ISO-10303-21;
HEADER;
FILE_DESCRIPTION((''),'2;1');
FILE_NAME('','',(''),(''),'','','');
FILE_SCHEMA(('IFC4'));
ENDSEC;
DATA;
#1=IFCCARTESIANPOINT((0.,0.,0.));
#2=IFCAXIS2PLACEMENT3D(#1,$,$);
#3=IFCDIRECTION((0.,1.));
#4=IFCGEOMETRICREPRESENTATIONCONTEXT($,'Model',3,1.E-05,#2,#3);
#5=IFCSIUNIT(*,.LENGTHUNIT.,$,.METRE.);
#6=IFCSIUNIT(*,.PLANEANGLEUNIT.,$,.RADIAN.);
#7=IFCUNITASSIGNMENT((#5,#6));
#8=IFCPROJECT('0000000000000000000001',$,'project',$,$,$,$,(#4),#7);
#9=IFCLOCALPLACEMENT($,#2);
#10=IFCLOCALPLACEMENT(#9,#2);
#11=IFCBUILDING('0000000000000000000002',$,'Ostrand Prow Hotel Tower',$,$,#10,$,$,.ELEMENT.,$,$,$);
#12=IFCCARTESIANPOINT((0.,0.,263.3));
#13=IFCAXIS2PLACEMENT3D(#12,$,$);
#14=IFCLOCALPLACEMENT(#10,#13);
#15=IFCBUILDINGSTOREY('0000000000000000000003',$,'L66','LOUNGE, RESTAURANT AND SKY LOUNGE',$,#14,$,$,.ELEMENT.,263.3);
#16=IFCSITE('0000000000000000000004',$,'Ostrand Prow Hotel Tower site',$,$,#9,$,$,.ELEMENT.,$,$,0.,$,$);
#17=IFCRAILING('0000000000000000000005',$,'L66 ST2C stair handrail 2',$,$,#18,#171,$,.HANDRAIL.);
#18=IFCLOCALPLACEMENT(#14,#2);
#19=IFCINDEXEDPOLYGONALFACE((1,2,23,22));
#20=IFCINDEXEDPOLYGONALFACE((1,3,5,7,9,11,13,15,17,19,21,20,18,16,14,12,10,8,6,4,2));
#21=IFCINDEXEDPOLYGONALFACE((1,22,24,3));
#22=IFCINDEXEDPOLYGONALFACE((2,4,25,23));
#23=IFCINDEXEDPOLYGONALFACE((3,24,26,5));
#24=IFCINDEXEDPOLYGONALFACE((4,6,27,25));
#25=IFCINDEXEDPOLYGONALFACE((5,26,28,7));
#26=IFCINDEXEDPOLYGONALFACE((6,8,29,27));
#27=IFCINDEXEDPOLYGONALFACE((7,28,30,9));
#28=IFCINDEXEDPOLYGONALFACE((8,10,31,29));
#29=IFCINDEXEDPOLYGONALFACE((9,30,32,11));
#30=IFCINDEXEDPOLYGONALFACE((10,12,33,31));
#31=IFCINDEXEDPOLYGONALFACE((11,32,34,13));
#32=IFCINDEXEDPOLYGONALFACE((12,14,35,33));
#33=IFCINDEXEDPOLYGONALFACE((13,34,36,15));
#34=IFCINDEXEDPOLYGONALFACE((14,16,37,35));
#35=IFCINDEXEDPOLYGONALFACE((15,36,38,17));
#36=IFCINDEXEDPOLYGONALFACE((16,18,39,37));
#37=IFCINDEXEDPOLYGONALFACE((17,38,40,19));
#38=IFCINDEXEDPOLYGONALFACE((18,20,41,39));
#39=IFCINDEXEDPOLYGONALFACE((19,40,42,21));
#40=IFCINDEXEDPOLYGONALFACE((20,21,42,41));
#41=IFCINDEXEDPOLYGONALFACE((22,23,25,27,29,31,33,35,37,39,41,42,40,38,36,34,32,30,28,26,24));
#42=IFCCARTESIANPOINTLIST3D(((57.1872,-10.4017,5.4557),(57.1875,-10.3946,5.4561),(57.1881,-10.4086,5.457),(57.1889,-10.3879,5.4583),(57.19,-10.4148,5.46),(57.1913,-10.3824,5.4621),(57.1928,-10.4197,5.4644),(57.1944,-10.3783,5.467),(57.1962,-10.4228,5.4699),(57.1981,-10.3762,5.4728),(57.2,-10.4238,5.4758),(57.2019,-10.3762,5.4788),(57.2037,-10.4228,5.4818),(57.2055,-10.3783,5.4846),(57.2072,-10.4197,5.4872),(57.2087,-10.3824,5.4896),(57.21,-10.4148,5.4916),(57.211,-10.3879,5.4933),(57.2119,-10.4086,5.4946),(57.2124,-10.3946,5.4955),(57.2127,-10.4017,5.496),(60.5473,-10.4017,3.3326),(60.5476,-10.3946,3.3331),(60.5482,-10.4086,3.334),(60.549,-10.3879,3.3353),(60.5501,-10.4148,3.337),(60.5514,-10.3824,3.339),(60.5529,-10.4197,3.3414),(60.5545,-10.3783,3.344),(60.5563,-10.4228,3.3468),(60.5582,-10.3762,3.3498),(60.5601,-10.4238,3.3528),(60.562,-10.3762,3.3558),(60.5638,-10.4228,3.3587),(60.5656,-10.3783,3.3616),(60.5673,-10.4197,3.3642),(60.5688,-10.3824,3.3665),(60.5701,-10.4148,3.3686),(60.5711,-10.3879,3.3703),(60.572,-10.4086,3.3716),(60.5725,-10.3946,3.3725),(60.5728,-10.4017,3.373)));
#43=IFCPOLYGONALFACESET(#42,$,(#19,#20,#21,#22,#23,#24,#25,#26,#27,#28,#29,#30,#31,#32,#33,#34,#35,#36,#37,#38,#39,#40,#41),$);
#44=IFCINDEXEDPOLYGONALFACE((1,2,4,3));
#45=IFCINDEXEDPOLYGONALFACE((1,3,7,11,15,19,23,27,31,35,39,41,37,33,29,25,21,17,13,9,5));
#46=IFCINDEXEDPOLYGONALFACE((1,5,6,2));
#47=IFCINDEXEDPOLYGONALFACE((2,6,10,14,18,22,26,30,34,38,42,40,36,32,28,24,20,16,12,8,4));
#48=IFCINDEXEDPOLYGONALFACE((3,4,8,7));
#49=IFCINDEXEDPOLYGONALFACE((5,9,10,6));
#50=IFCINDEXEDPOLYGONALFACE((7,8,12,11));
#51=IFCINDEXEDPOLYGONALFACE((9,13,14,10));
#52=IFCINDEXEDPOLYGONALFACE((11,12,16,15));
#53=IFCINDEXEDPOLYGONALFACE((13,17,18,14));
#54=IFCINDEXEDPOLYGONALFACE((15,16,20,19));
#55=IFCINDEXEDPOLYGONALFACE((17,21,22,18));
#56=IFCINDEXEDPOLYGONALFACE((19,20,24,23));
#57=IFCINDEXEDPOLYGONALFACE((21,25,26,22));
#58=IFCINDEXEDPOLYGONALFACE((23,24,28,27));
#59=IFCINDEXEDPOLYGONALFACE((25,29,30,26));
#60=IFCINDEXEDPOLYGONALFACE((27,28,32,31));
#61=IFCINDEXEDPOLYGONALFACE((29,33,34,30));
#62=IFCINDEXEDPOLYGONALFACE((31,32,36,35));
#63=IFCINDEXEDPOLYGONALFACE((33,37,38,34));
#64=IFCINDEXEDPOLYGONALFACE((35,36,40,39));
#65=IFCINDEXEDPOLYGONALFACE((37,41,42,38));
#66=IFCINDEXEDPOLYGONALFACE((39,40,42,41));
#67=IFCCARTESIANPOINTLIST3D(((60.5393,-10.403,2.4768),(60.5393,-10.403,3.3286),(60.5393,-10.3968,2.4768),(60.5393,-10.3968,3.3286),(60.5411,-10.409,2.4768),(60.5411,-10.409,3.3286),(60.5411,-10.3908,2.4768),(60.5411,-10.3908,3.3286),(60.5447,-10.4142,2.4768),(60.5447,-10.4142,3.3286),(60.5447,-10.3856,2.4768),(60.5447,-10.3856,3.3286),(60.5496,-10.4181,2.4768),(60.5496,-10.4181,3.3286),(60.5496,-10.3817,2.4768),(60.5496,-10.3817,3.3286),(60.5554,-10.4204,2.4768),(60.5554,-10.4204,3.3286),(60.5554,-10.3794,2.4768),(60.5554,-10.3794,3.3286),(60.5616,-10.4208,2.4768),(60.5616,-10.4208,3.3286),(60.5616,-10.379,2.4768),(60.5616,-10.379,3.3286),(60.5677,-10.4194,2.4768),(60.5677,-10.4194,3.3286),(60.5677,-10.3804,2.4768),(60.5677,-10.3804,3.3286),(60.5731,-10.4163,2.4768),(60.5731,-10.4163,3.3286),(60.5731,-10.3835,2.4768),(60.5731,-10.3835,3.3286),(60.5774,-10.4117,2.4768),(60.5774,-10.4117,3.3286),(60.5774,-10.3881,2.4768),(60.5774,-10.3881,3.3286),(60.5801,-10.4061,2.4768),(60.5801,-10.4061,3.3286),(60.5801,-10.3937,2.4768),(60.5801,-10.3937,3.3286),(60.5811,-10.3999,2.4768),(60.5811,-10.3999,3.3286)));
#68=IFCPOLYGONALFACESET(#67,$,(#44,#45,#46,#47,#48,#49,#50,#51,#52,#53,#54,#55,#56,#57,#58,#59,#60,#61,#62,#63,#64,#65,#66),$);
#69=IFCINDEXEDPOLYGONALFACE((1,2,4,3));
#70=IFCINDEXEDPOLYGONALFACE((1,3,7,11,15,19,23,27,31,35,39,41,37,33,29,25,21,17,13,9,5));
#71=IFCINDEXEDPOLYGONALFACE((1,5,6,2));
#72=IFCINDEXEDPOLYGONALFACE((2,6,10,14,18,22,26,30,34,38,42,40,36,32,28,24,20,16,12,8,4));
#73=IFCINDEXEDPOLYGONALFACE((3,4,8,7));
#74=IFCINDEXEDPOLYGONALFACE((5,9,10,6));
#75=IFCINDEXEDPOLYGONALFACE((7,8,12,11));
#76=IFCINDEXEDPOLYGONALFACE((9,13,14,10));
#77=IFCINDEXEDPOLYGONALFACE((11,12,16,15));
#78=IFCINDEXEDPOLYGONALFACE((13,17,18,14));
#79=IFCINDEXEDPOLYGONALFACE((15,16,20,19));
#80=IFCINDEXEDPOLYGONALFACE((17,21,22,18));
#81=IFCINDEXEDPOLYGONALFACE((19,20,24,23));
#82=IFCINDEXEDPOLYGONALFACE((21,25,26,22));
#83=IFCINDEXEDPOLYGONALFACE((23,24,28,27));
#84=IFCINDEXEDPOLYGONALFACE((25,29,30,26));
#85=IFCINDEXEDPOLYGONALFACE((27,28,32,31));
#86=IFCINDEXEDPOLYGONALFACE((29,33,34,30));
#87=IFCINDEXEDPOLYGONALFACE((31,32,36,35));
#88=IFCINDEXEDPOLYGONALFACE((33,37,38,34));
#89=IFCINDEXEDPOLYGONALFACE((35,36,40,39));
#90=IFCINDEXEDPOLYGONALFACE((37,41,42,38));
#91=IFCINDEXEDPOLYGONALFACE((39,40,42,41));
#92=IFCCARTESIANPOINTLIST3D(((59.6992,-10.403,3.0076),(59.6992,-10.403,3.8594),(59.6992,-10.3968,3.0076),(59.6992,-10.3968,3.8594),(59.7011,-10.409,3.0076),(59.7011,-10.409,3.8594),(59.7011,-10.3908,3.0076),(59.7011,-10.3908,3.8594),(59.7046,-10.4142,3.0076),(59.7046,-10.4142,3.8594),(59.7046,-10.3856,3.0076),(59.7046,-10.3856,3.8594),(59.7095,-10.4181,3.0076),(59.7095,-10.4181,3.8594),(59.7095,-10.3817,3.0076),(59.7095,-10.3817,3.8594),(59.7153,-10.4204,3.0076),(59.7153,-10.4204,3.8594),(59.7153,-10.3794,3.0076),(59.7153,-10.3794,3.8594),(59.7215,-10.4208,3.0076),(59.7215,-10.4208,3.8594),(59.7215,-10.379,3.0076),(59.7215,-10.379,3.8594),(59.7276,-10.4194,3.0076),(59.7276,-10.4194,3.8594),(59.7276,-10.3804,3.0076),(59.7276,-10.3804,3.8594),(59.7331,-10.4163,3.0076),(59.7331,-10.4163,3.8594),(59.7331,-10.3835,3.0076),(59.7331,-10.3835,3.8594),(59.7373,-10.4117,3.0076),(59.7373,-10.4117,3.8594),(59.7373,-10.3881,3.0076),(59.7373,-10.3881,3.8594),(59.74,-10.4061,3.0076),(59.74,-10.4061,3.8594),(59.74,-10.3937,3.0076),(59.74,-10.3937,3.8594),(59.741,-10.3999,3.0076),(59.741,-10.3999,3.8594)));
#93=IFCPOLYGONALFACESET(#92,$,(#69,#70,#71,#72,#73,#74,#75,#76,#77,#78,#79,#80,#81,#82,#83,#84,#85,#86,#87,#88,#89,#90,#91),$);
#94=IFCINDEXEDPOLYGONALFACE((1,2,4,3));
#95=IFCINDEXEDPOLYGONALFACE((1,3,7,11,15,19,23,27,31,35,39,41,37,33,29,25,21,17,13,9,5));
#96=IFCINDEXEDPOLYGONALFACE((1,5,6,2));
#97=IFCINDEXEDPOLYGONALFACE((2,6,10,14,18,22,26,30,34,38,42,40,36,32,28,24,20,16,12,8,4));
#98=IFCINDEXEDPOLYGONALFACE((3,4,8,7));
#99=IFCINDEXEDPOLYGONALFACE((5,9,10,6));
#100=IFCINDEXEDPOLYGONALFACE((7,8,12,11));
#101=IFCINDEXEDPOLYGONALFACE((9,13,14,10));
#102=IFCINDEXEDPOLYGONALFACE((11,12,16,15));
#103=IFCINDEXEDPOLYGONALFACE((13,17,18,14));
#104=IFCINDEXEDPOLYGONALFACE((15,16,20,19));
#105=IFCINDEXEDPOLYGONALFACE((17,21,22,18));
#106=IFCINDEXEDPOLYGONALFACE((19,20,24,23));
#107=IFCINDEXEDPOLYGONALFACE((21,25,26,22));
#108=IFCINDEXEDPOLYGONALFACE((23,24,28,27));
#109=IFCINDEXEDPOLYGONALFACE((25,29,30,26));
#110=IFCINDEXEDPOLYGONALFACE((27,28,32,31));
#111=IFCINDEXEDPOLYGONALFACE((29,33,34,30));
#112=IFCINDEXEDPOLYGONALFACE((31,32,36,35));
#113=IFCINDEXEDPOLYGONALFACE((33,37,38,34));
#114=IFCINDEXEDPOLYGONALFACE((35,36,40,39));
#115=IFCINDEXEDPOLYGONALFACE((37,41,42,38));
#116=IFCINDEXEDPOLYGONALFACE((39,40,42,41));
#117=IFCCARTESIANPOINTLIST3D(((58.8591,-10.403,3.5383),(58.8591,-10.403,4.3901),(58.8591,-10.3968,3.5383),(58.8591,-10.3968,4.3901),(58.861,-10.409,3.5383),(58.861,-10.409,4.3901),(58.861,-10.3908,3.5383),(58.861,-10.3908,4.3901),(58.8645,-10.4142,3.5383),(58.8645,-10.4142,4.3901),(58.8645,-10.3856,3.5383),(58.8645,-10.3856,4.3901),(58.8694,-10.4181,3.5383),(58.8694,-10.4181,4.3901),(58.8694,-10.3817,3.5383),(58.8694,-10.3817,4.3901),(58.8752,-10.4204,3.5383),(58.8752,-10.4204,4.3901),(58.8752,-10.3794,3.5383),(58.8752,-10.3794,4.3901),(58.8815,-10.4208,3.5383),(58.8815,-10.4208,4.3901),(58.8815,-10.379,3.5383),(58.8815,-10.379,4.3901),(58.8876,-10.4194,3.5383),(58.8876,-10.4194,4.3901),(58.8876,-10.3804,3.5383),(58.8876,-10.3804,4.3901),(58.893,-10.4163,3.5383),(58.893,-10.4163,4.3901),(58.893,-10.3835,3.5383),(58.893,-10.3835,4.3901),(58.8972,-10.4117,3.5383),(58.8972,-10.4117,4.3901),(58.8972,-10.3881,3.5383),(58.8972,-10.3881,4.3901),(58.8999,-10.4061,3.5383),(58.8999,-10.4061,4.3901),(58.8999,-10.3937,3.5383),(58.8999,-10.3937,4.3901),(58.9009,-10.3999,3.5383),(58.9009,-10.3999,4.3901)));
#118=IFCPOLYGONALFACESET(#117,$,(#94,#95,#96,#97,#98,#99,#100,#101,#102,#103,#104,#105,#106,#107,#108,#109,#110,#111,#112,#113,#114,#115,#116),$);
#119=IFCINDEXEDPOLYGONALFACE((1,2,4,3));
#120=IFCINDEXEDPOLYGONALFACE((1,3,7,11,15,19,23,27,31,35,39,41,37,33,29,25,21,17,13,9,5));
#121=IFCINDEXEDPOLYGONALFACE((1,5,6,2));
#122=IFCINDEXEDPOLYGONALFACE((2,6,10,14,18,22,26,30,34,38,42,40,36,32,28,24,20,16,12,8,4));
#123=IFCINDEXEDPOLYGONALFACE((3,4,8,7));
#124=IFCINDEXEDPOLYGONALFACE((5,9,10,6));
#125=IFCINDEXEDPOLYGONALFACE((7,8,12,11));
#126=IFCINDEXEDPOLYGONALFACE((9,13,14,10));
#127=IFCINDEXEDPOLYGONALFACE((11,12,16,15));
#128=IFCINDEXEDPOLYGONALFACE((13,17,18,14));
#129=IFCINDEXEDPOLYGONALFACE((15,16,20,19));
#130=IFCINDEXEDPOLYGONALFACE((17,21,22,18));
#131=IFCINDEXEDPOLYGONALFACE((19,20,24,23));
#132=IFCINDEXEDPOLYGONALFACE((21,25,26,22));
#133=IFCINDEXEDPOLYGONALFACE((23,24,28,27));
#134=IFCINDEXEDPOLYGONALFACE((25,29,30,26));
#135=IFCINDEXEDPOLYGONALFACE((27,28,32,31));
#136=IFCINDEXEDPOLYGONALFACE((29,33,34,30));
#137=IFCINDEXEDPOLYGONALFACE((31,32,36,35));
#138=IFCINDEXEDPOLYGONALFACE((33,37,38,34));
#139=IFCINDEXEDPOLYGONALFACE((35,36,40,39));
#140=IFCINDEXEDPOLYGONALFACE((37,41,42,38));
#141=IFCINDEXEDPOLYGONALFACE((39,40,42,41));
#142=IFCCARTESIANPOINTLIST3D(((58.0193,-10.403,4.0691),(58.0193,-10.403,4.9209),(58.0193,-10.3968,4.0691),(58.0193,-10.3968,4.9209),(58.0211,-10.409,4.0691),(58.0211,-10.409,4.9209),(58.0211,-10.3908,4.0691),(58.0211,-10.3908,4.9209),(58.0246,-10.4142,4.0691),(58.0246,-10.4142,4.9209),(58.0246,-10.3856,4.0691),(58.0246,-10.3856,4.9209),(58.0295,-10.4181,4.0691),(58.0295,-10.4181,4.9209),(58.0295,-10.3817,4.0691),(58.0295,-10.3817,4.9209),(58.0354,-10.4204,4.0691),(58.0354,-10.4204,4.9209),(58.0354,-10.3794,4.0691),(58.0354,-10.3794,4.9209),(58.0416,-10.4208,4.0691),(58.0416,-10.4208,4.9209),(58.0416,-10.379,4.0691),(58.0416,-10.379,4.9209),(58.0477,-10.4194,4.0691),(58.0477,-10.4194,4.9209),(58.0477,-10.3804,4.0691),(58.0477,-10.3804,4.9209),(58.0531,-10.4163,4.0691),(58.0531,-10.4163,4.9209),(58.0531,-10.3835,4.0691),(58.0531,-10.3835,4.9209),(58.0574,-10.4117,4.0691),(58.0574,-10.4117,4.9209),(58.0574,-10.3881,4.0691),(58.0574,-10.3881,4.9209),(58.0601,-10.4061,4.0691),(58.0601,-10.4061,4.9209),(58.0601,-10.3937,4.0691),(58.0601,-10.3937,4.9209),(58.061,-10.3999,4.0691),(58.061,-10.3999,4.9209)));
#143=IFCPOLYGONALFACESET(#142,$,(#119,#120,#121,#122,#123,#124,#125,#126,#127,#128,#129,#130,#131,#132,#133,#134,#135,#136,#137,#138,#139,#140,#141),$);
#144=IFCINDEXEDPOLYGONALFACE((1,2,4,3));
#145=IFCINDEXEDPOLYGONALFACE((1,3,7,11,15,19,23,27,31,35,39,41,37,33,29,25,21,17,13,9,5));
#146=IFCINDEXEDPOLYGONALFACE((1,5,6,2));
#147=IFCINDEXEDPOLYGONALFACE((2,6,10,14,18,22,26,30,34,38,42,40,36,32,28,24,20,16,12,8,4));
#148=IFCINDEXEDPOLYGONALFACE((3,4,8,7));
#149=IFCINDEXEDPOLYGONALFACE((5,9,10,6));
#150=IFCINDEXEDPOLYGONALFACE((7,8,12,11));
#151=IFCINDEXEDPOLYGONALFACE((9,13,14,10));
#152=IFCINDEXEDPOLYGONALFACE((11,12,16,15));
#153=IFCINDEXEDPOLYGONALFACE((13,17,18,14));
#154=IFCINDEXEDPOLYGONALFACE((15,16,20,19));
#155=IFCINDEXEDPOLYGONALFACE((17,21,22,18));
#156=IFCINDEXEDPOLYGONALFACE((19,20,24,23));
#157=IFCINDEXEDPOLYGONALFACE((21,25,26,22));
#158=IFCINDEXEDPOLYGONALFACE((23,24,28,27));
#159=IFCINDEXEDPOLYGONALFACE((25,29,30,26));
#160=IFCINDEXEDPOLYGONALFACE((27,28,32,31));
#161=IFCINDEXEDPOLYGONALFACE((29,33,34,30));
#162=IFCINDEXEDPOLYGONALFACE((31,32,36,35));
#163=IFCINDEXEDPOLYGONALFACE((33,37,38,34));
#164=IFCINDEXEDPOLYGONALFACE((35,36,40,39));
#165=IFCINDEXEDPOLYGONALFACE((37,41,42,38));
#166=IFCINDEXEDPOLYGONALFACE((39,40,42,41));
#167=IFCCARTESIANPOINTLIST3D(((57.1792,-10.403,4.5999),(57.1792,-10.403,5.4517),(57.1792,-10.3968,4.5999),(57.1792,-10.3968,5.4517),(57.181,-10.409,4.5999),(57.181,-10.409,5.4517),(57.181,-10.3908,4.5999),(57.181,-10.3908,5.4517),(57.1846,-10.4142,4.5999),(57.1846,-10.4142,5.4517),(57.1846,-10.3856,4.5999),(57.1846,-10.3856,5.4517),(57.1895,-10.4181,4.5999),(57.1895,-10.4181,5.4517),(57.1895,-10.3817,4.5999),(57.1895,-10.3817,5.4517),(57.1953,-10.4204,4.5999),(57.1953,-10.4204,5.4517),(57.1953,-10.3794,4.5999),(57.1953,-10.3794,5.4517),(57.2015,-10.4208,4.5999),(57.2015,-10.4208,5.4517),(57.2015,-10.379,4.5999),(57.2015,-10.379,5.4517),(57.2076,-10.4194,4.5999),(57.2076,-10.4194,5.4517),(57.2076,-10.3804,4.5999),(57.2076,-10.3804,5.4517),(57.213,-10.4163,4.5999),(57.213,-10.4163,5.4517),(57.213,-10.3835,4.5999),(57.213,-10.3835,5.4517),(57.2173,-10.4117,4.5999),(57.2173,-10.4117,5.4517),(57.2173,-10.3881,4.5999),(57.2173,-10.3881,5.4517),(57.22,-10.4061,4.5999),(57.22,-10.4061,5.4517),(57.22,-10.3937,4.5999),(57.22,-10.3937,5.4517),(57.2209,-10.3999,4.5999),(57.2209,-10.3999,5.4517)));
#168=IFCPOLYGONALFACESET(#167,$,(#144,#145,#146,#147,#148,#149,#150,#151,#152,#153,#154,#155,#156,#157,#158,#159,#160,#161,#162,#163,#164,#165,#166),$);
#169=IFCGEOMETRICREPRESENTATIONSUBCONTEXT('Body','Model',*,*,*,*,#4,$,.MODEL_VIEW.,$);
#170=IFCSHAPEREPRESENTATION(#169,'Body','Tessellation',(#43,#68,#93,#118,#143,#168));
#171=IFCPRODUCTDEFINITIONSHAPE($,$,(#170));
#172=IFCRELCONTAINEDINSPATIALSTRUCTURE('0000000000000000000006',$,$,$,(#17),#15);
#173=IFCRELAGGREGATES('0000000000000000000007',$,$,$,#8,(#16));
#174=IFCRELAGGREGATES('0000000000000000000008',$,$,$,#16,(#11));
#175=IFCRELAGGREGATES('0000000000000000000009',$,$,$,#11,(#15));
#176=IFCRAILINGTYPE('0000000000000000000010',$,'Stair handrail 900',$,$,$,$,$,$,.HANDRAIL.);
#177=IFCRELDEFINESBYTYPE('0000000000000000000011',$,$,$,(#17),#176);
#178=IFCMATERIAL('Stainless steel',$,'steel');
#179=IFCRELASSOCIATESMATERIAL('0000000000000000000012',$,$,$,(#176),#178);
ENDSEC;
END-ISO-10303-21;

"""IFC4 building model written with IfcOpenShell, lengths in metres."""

from ifc_helpers import new_model, si_unit, direction, frame, origin, origin_2d, place, context, subcontext, project, spatial, circle, extrude, material, type_object, element, save


model = new_model("IFC4")

# Units and contexts
model_context = context("Model", 3, precision=1e-05, world=origin(), true_north=direction((0.0, 1.0)))
body_context = subcontext(model_context, "Body", "Model", "MODEL_VIEW")
ifc_project = project(units=[si_unit("LENGTHUNIT", "METRE"), si_unit("PLANEANGLEUNIT", "RADIAN")], contexts=[model_context])

# Site, building, storey
site_placement = place(None, origin())
site = spatial("IfcSite", under=ifc_project, at=site_placement, Name="Ostrand Prow Hotel Tower site", CompositionType="ELEMENT", RefElevation=0.0)
building_placement = place(site_placement, origin())
building = spatial("IfcBuilding", under=site, at=building_placement, Name="Ostrand Prow Hotel Tower", CompositionType="ELEMENT")
storey_placement = place(building_placement, frame((0.0, 0.0, 263.3)))
storey = spatial("IfcBuildingStorey", under=building, at=storey_placement, Name="L66", Description="LOUNGE, RESTAURANT AND SKY LOUNGE", CompositionType="ELEMENT", Elevation=263.3)

# Railing
ifc_material_1 = material(Name="Stainless steel", Category="steel")
railing_type_1 = type_object("IfcRailingType", Name="Stair handrail 900", PredefinedType="HANDRAIL", material=ifc_material_1)
railing_1_placement = place(storey_placement, frame((60.5601, -10.3999, 2.4768)))
element("IfcRailing", 1, at=railing_1_placement, inside=storey, type_object=railing_type_1, Name="L66 ST2C stair handrail 2", PredefinedType="HANDRAIL", context=body_context, shape_type="SweptSolid", body=[
    extrude(circle(Radius=0.0239, at=origin_2d()), frame((0.0, 0.0, 0.876), z_axis=(-0.84539, 0.0, 0.53415), x_axis=(0.0, -1.0, 0.0)), (0.0, 0.0, 1.0), 3.9746),
    extrude(circle(Radius=0.021, at=origin_2d()), origin(), (0.0, 0.0, 1.0), 0.8518),
    extrude(circle(Radius=0.021, at=origin_2d()), frame((-0.8401, 0.0, 0.5308)), (0.0, 0.0, 1.0), 0.8518),
    extrude(circle(Radius=0.021, at=origin_2d()), frame((-1.6802, 0.0, 1.0615)), (0.0, 0.0, 1.0), 0.8518),
    extrude(circle(Radius=0.021, at=origin_2d()), frame((-2.52, 0.0, 1.5923)), (0.0, 0.0, 1.0), 0.8518),
    extrude(circle(Radius=0.021, at=origin_2d()), frame((-3.3601, 0.0, 2.123)), (0.0, 0.0, 1.0), 0.8518),
])

save(model, "model.ifc")
